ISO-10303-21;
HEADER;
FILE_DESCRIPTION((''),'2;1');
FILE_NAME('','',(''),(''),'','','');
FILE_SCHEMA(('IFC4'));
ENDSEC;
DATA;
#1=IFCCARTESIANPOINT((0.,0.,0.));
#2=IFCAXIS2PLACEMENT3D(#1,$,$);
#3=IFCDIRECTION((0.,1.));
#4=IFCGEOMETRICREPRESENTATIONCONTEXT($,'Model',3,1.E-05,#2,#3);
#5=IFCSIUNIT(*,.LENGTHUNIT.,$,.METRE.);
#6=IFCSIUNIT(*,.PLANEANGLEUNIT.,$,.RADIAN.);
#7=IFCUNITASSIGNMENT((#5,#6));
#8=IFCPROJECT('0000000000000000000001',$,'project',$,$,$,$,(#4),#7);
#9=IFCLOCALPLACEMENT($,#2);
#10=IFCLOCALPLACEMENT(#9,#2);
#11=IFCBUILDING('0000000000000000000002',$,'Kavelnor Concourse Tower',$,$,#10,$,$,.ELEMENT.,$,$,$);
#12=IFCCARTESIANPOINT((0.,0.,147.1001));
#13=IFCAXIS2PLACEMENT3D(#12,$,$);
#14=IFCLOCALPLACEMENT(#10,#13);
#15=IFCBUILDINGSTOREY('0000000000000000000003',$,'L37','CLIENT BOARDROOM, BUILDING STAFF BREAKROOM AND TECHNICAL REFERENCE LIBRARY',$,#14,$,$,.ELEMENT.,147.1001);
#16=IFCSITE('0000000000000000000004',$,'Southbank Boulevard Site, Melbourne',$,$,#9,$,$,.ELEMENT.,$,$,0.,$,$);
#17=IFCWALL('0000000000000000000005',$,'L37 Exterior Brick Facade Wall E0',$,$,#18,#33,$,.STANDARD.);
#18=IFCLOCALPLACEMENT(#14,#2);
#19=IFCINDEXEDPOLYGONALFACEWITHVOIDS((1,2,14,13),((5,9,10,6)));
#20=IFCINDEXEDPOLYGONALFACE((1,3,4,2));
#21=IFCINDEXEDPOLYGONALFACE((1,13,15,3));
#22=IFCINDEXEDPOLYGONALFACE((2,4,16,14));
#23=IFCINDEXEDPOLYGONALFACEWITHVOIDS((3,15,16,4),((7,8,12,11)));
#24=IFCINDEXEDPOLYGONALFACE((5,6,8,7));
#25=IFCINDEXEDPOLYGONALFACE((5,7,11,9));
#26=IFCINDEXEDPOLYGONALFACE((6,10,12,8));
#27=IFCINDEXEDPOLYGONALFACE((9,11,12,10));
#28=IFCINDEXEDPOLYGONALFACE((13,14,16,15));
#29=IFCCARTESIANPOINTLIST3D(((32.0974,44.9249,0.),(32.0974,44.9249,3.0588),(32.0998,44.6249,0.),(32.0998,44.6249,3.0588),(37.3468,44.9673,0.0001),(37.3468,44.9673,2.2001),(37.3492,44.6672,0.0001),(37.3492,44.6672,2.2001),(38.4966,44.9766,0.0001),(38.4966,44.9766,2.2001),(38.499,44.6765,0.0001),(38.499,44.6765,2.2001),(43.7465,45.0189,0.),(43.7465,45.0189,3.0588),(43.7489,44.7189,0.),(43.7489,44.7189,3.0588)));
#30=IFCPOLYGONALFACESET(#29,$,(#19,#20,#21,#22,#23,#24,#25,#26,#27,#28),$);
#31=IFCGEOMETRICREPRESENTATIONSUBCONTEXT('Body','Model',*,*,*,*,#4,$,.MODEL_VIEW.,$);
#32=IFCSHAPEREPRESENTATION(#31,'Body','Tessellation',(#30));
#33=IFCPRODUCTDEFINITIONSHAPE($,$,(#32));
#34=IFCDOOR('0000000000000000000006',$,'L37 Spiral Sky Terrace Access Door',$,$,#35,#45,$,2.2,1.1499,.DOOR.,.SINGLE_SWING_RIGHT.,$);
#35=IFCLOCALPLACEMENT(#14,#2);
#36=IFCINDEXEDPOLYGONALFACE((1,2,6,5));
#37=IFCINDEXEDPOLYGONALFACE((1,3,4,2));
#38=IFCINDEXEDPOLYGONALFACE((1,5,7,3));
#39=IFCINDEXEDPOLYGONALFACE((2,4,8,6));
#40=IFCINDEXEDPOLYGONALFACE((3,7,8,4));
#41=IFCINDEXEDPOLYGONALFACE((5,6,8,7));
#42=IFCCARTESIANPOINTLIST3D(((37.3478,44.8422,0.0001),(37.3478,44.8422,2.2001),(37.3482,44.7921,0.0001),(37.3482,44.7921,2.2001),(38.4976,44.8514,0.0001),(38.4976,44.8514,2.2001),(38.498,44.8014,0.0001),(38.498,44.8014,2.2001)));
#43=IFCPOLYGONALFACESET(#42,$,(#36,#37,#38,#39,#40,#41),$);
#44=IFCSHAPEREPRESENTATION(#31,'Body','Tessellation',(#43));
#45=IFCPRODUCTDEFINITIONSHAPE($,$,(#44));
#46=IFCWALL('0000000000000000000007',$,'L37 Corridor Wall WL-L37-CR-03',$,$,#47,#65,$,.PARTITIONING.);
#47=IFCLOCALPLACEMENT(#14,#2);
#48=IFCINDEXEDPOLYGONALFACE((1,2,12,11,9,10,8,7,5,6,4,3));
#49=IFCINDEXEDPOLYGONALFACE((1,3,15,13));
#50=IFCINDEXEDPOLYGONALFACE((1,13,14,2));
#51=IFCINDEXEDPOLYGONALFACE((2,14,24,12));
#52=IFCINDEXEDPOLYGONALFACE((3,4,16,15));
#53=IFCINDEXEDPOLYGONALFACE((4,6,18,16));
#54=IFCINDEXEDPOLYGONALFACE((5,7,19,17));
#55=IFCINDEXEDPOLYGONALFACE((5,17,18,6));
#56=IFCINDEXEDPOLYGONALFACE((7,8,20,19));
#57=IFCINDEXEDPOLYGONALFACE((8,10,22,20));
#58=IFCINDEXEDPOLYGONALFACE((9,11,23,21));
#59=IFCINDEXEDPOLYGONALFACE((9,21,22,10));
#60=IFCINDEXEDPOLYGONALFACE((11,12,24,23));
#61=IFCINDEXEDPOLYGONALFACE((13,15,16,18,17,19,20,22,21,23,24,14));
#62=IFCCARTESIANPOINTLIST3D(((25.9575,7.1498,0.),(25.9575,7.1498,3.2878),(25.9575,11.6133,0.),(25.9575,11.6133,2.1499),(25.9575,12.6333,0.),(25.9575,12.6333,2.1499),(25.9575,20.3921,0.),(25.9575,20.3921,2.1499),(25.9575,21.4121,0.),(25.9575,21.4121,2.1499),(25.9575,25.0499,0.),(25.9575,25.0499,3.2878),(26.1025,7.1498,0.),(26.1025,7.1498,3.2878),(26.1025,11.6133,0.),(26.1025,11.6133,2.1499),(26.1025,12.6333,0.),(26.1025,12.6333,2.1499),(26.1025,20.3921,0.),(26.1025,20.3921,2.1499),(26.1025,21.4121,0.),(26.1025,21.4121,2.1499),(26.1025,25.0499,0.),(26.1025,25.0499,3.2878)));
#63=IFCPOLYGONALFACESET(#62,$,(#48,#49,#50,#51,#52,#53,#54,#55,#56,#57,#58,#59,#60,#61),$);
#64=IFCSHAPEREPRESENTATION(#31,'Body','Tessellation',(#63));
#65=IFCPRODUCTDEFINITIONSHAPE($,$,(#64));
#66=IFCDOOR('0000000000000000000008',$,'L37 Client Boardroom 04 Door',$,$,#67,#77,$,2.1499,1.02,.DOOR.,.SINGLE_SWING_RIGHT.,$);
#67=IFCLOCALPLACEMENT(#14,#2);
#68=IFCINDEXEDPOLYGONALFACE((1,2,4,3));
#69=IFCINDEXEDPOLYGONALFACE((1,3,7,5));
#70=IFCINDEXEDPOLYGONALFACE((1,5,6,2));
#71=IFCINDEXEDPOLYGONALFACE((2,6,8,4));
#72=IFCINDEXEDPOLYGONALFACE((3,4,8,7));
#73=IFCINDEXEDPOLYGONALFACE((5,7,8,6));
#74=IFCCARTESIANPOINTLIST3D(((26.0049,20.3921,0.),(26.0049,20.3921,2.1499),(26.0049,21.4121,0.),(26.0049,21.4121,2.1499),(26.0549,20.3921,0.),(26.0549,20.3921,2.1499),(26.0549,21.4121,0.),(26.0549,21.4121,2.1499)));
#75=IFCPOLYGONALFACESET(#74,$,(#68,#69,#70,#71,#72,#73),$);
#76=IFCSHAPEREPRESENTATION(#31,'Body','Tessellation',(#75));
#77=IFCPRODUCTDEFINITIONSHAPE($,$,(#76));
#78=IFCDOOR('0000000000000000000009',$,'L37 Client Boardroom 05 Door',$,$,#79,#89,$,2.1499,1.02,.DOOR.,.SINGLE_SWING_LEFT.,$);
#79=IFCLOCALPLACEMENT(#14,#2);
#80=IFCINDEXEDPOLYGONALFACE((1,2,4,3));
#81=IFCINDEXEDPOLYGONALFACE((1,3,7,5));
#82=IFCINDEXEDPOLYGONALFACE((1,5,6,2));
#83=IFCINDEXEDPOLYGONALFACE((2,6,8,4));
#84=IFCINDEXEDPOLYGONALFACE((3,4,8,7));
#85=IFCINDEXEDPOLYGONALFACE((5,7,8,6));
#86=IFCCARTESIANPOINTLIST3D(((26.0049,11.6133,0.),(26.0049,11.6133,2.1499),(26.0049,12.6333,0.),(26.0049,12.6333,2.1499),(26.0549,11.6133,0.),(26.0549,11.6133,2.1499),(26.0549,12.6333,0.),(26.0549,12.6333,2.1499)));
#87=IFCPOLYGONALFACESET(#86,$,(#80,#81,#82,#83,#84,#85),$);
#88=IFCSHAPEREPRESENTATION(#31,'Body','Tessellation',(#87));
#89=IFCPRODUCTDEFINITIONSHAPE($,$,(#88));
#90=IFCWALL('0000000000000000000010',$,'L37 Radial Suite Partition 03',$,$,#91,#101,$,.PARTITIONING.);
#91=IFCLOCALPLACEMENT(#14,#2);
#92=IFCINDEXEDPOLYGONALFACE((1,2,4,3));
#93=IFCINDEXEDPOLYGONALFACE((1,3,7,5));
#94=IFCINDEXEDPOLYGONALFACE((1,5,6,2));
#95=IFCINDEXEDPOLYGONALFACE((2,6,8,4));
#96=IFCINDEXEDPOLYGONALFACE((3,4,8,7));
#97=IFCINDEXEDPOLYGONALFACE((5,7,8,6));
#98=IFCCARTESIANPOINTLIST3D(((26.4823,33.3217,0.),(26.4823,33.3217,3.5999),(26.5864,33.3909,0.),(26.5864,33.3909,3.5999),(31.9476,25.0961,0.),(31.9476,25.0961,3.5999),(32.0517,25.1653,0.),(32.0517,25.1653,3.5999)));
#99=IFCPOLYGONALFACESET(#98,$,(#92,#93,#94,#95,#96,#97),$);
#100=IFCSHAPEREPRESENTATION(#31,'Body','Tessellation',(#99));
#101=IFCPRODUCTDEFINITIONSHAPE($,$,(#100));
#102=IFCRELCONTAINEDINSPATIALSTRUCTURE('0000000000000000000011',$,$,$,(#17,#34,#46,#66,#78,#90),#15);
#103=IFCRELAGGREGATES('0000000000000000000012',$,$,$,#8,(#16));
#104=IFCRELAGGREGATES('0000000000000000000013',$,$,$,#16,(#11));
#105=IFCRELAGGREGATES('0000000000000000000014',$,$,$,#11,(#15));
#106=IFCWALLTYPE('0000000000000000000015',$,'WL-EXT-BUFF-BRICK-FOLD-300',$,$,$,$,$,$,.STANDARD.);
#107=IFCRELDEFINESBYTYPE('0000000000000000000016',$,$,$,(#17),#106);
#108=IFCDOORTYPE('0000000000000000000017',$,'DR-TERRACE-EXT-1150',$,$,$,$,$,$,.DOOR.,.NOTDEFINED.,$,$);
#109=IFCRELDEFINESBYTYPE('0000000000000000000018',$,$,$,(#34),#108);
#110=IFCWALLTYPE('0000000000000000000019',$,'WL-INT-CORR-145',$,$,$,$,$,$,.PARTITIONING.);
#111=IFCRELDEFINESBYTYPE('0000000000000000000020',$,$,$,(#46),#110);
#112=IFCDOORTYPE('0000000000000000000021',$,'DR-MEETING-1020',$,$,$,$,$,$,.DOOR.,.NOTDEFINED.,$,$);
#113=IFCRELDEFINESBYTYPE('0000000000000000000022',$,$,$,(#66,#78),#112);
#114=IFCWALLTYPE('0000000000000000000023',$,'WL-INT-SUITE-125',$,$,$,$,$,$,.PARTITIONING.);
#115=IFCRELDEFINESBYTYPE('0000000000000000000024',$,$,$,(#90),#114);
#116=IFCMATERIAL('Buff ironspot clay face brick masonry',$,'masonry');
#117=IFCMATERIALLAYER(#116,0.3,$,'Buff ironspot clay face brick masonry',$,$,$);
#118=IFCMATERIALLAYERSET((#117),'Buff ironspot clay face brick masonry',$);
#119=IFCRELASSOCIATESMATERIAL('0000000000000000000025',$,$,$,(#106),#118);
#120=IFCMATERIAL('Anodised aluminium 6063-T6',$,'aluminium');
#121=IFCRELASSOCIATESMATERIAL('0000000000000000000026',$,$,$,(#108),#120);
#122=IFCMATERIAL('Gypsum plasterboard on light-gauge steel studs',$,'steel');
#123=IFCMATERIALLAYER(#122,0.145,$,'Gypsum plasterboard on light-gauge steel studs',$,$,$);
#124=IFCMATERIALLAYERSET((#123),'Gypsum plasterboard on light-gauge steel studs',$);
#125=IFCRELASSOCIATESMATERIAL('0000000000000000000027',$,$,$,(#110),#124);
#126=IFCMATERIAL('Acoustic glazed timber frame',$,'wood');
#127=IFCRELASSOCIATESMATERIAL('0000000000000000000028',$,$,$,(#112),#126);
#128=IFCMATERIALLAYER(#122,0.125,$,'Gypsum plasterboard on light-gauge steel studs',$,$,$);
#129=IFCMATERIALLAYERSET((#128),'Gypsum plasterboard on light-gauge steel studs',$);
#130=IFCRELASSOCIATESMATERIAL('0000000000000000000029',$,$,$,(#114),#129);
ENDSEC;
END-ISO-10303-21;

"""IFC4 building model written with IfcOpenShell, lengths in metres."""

from ifc_helpers import new_model, si_unit, direction, frame, frame_2d, origin, place, context, subcontext, project, spatial, rectangle, extrude, material, layer, layer_set, type_object, element, fill, save


model = new_model("IFC4")

# Units and contexts
model_context = context("Model", 3, precision=1e-05, world=origin(), true_north=direction((0.0, 1.0)))
body_context = subcontext(model_context, "Body", "Model", "MODEL_VIEW")
ifc_project = project(units=[si_unit("LENGTHUNIT", "METRE"), si_unit("PLANEANGLEUNIT", "RADIAN")], contexts=[model_context])

# Site, building, storey
site_placement = place(None, origin())
site = spatial("IfcSite", under=ifc_project, at=site_placement, Name="Southbank Boulevard Site, Melbourne", CompositionType="ELEMENT", RefElevation=0.0)
building_placement = place(site_placement, origin())
building = spatial("IfcBuilding", under=site, at=building_placement, Name="Kavelnor Concourse Tower", CompositionType="ELEMENT")
storey_placement = place(building_placement, frame((0.0, 0.0, 147.1001)))
storey = spatial("IfcBuildingStorey", under=building, at=storey_placement, Name="L37", Description="CLIENT BOARDROOM, BUILDING STAFF BREAKROOM AND TECHNICAL REFERENCE LIBRARY", CompositionType="ELEMENT", Elevation=147.1001)

# Wall, opening, door
ifc_material_1 = material(Name="Buff ironspot clay face brick masonry", Category="masonry")
ifc_layer_1 = layer(ifc_material_1, 0.3, Name="Buff ironspot clay face brick masonry")
ifc_layer_set_1 = layer_set([ifc_layer_1], Name="Buff ironspot clay face brick masonry")
wall_type_1 = type_object("IfcWallType", Name="WL-EXT-BUFF-BRICK-FOLD-300", PredefinedType="STANDARD", material=ifc_layer_set_1)
wall_1_placement = place(storey_placement, frame((32.0986, 44.7749, 0.0), z_axis=(0.0, 0.0, 1.0), x_axis=(0.999967, 0.008069, 0.0)))
wall_1 = element("IfcWall", 1, at=wall_1_placement, inside=storey, type_object=wall_type_1, Name="L37 Exterior Brick Facade Wall E0", PredefinedType="STANDARD", context=body_context, shape_type="SweptSolid", body=[
    extrude(rectangle(XDim=11.6494, YDim=0.3, at=frame_2d((5.8247, 0.0))), origin(), (0.0, 0.0, 1.0), 3.0588),
])
opening_1_placement = place(wall_1_placement, frame((5.2495, 0.0, 0.0)))
opening_1 = element("IfcOpeningElement", 2, at=opening_1_placement, cuts=wall_1, PredefinedType="OPENING", context=body_context, shape_type="SweptSolid", body=[
    extrude(rectangle(XDim=1.1499, YDim=2.2, at=frame_2d((0.575, 1.1001))), frame((0.0, 0.1602, 0.0), z_axis=(0.0, -1.0, 0.0), x_axis=(1.0, 0.0, 0.0)), (0.0, 0.0, 1.0), 0.3201),
])
ifc_material_2 = material(Name="Anodised aluminium 6063-T6", Category="aluminium")
door_type_1 = type_object("IfcDoorType", Name="DR-TERRACE-EXT-1150", OperationType="NOTDEFINED", PredefinedType="DOOR", material=ifc_material_2)
door_1_placement = place(opening_1_placement, origin())
door_1 = element("IfcDoor", 3, at=door_1_placement, inside=storey, type_object=door_type_1, Name="L37 Spiral Sky Terrace Access Door", OperationType="SINGLE_SWING_RIGHT", OverallHeight=2.2, OverallWidth=1.1499, PredefinedType="DOOR", context=body_context, shape_type="SweptSolid", body=[
    extrude(rectangle(XDim=1.1499, YDim=2.2, at=frame_2d((0.575, 1.1001))), frame((0.0, 0.0249, 0.0), z_axis=(0.0, -1.0, 0.0), x_axis=(1.0, 0.0, 0.0)), (0.0, 0.0, 1.0), 0.05),
])
fill(opening_1, door_1)

# Wall, openings, doors
ifc_material_3 = material(Name="Gypsum plasterboard on light-gauge steel studs", Category="steel")
ifc_layer_2 = layer(ifc_material_3, 0.145, Name="Gypsum plasterboard on light-gauge steel studs")
ifc_layer_set_2 = layer_set([ifc_layer_2], Name="Gypsum plasterboard on light-gauge steel studs")
wall_type_2 = type_object("IfcWallType", Name="WL-INT-CORR-145", PredefinedType="PARTITIONING", material=ifc_layer_set_2)
wall_2_placement = place(storey_placement, frame((26.03, 25.05, 0.0), z_axis=(0.0, 0.0, 1.0), x_axis=(0.0, -1.0, 0.0)))
wall_2 = element("IfcWall", 4, at=wall_2_placement, inside=storey, type_object=wall_type_2, Name="L37 Corridor Wall WL-L37-CR-03", PredefinedType="PARTITIONING", context=body_context, shape_type="SweptSolid", body=[
    extrude(rectangle(XDim=17.9001, YDim=0.145, at=frame_2d((8.9502, 0.0))), origin(), (0.0, 0.0, 1.0), 3.2878),
])
opening_2_placement = place(wall_2_placement, frame((3.6379, 0.0, 0.0)))
opening_2 = element("IfcOpeningElement", 5, at=opening_2_placement, cuts=wall_2, PredefinedType="OPENING", context=body_context, shape_type="SweptSolid", body=[
    extrude(rectangle(XDim=1.02, YDim=2.1499, at=frame_2d((0.51, 1.075))), frame((0.0, 0.0825, 0.0), z_axis=(0.0, -1.0, 0.0), x_axis=(1.0, 0.0, 0.0)), (0.0, 0.0, 1.0), 0.165),
])
opening_3_placement = place(wall_2_placement, frame((12.4167, 0.0, 0.0)))
opening_3 = element("IfcOpeningElement", 6, at=opening_3_placement, cuts=wall_2, PredefinedType="OPENING", context=body_context, shape_type="SweptSolid", body=[
    extrude(rectangle(XDim=1.02, YDim=2.1499, at=frame_2d((0.51, 1.075))), frame((0.0, 0.0825, 0.0), z_axis=(0.0, -1.0, 0.0), x_axis=(1.0, 0.0, 0.0)), (0.0, 0.0, 1.0), 0.165),
])
ifc_material_4 = material(Name="Acoustic glazed timber frame", Category="wood")
door_type_2 = type_object("IfcDoorType", Name="DR-MEETING-1020", OperationType="NOTDEFINED", PredefinedType="DOOR", material=ifc_material_4)
door_2_placement = place(opening_2_placement, origin())
door_2 = element("IfcDoor", 7, at=door_2_placement, inside=storey, type_object=door_type_2, Name="L37 Client Boardroom 04 Door", OperationType="SINGLE_SWING_RIGHT", OverallHeight=2.1499, OverallWidth=1.02, PredefinedType="DOOR", context=body_context, shape_type="SweptSolid", body=[
    extrude(rectangle(XDim=1.02, YDim=2.1499, at=frame_2d((0.51, 1.075))), frame((0.0, 0.0249, 0.0), z_axis=(0.0, -1.0, 0.0), x_axis=(1.0, 0.0, 0.0)), (0.0, 0.0, 1.0), 0.05),
])
fill(opening_2, door_2)
door_3_placement = place(opening_3_placement, origin())
door_3 = element("IfcDoor", 8, at=door_3_placement, inside=storey, type_object=door_type_2, Name="L37 Client Boardroom 05 Door", OperationType="SINGLE_SWING_LEFT", OverallHeight=2.1499, OverallWidth=1.02, PredefinedType="DOOR", context=body_context, shape_type="SweptSolid", body=[
    extrude(rectangle(XDim=1.02, YDim=2.1499, at=frame_2d((0.51, 1.075))), frame((0.0, 0.0249, 0.0), z_axis=(0.0, -1.0, 0.0), x_axis=(1.0, 0.0, 0.0)), (0.0, 0.0, 1.0), 0.05),
])
fill(opening_3, door_3)

# Wall
ifc_layer_3 = layer(ifc_material_3, 0.125, Name="Gypsum plasterboard on light-gauge steel studs")
ifc_layer_set_3 = layer_set([ifc_layer_3], Name="Gypsum plasterboard on light-gauge steel studs")
wall_type_3 = type_object("IfcWallType", Name="WL-INT-SUITE-125", PredefinedType="PARTITIONING", material=ifc_layer_set_3)
wall_3_placement = place(storey_placement, frame((31.9998, 25.1306, 0.0), z_axis=(0.0, 0.0, 1.0), x_axis=(-0.55341, 0.832909, 0.0)))
element("IfcWall", 9, at=wall_3_placement, inside=storey, type_object=wall_type_3, Name="L37 Radial Suite Partition 03", PredefinedType="PARTITIONING", context=body_context, shape_type="SweptSolid", body=[
    extrude(rectangle(XDim=9.8757, YDim=0.125, at=frame_2d((4.938, 0.0))), origin(), (0.0, 0.0, 1.0), 3.5999),
])

save(model, "model.ifc")
